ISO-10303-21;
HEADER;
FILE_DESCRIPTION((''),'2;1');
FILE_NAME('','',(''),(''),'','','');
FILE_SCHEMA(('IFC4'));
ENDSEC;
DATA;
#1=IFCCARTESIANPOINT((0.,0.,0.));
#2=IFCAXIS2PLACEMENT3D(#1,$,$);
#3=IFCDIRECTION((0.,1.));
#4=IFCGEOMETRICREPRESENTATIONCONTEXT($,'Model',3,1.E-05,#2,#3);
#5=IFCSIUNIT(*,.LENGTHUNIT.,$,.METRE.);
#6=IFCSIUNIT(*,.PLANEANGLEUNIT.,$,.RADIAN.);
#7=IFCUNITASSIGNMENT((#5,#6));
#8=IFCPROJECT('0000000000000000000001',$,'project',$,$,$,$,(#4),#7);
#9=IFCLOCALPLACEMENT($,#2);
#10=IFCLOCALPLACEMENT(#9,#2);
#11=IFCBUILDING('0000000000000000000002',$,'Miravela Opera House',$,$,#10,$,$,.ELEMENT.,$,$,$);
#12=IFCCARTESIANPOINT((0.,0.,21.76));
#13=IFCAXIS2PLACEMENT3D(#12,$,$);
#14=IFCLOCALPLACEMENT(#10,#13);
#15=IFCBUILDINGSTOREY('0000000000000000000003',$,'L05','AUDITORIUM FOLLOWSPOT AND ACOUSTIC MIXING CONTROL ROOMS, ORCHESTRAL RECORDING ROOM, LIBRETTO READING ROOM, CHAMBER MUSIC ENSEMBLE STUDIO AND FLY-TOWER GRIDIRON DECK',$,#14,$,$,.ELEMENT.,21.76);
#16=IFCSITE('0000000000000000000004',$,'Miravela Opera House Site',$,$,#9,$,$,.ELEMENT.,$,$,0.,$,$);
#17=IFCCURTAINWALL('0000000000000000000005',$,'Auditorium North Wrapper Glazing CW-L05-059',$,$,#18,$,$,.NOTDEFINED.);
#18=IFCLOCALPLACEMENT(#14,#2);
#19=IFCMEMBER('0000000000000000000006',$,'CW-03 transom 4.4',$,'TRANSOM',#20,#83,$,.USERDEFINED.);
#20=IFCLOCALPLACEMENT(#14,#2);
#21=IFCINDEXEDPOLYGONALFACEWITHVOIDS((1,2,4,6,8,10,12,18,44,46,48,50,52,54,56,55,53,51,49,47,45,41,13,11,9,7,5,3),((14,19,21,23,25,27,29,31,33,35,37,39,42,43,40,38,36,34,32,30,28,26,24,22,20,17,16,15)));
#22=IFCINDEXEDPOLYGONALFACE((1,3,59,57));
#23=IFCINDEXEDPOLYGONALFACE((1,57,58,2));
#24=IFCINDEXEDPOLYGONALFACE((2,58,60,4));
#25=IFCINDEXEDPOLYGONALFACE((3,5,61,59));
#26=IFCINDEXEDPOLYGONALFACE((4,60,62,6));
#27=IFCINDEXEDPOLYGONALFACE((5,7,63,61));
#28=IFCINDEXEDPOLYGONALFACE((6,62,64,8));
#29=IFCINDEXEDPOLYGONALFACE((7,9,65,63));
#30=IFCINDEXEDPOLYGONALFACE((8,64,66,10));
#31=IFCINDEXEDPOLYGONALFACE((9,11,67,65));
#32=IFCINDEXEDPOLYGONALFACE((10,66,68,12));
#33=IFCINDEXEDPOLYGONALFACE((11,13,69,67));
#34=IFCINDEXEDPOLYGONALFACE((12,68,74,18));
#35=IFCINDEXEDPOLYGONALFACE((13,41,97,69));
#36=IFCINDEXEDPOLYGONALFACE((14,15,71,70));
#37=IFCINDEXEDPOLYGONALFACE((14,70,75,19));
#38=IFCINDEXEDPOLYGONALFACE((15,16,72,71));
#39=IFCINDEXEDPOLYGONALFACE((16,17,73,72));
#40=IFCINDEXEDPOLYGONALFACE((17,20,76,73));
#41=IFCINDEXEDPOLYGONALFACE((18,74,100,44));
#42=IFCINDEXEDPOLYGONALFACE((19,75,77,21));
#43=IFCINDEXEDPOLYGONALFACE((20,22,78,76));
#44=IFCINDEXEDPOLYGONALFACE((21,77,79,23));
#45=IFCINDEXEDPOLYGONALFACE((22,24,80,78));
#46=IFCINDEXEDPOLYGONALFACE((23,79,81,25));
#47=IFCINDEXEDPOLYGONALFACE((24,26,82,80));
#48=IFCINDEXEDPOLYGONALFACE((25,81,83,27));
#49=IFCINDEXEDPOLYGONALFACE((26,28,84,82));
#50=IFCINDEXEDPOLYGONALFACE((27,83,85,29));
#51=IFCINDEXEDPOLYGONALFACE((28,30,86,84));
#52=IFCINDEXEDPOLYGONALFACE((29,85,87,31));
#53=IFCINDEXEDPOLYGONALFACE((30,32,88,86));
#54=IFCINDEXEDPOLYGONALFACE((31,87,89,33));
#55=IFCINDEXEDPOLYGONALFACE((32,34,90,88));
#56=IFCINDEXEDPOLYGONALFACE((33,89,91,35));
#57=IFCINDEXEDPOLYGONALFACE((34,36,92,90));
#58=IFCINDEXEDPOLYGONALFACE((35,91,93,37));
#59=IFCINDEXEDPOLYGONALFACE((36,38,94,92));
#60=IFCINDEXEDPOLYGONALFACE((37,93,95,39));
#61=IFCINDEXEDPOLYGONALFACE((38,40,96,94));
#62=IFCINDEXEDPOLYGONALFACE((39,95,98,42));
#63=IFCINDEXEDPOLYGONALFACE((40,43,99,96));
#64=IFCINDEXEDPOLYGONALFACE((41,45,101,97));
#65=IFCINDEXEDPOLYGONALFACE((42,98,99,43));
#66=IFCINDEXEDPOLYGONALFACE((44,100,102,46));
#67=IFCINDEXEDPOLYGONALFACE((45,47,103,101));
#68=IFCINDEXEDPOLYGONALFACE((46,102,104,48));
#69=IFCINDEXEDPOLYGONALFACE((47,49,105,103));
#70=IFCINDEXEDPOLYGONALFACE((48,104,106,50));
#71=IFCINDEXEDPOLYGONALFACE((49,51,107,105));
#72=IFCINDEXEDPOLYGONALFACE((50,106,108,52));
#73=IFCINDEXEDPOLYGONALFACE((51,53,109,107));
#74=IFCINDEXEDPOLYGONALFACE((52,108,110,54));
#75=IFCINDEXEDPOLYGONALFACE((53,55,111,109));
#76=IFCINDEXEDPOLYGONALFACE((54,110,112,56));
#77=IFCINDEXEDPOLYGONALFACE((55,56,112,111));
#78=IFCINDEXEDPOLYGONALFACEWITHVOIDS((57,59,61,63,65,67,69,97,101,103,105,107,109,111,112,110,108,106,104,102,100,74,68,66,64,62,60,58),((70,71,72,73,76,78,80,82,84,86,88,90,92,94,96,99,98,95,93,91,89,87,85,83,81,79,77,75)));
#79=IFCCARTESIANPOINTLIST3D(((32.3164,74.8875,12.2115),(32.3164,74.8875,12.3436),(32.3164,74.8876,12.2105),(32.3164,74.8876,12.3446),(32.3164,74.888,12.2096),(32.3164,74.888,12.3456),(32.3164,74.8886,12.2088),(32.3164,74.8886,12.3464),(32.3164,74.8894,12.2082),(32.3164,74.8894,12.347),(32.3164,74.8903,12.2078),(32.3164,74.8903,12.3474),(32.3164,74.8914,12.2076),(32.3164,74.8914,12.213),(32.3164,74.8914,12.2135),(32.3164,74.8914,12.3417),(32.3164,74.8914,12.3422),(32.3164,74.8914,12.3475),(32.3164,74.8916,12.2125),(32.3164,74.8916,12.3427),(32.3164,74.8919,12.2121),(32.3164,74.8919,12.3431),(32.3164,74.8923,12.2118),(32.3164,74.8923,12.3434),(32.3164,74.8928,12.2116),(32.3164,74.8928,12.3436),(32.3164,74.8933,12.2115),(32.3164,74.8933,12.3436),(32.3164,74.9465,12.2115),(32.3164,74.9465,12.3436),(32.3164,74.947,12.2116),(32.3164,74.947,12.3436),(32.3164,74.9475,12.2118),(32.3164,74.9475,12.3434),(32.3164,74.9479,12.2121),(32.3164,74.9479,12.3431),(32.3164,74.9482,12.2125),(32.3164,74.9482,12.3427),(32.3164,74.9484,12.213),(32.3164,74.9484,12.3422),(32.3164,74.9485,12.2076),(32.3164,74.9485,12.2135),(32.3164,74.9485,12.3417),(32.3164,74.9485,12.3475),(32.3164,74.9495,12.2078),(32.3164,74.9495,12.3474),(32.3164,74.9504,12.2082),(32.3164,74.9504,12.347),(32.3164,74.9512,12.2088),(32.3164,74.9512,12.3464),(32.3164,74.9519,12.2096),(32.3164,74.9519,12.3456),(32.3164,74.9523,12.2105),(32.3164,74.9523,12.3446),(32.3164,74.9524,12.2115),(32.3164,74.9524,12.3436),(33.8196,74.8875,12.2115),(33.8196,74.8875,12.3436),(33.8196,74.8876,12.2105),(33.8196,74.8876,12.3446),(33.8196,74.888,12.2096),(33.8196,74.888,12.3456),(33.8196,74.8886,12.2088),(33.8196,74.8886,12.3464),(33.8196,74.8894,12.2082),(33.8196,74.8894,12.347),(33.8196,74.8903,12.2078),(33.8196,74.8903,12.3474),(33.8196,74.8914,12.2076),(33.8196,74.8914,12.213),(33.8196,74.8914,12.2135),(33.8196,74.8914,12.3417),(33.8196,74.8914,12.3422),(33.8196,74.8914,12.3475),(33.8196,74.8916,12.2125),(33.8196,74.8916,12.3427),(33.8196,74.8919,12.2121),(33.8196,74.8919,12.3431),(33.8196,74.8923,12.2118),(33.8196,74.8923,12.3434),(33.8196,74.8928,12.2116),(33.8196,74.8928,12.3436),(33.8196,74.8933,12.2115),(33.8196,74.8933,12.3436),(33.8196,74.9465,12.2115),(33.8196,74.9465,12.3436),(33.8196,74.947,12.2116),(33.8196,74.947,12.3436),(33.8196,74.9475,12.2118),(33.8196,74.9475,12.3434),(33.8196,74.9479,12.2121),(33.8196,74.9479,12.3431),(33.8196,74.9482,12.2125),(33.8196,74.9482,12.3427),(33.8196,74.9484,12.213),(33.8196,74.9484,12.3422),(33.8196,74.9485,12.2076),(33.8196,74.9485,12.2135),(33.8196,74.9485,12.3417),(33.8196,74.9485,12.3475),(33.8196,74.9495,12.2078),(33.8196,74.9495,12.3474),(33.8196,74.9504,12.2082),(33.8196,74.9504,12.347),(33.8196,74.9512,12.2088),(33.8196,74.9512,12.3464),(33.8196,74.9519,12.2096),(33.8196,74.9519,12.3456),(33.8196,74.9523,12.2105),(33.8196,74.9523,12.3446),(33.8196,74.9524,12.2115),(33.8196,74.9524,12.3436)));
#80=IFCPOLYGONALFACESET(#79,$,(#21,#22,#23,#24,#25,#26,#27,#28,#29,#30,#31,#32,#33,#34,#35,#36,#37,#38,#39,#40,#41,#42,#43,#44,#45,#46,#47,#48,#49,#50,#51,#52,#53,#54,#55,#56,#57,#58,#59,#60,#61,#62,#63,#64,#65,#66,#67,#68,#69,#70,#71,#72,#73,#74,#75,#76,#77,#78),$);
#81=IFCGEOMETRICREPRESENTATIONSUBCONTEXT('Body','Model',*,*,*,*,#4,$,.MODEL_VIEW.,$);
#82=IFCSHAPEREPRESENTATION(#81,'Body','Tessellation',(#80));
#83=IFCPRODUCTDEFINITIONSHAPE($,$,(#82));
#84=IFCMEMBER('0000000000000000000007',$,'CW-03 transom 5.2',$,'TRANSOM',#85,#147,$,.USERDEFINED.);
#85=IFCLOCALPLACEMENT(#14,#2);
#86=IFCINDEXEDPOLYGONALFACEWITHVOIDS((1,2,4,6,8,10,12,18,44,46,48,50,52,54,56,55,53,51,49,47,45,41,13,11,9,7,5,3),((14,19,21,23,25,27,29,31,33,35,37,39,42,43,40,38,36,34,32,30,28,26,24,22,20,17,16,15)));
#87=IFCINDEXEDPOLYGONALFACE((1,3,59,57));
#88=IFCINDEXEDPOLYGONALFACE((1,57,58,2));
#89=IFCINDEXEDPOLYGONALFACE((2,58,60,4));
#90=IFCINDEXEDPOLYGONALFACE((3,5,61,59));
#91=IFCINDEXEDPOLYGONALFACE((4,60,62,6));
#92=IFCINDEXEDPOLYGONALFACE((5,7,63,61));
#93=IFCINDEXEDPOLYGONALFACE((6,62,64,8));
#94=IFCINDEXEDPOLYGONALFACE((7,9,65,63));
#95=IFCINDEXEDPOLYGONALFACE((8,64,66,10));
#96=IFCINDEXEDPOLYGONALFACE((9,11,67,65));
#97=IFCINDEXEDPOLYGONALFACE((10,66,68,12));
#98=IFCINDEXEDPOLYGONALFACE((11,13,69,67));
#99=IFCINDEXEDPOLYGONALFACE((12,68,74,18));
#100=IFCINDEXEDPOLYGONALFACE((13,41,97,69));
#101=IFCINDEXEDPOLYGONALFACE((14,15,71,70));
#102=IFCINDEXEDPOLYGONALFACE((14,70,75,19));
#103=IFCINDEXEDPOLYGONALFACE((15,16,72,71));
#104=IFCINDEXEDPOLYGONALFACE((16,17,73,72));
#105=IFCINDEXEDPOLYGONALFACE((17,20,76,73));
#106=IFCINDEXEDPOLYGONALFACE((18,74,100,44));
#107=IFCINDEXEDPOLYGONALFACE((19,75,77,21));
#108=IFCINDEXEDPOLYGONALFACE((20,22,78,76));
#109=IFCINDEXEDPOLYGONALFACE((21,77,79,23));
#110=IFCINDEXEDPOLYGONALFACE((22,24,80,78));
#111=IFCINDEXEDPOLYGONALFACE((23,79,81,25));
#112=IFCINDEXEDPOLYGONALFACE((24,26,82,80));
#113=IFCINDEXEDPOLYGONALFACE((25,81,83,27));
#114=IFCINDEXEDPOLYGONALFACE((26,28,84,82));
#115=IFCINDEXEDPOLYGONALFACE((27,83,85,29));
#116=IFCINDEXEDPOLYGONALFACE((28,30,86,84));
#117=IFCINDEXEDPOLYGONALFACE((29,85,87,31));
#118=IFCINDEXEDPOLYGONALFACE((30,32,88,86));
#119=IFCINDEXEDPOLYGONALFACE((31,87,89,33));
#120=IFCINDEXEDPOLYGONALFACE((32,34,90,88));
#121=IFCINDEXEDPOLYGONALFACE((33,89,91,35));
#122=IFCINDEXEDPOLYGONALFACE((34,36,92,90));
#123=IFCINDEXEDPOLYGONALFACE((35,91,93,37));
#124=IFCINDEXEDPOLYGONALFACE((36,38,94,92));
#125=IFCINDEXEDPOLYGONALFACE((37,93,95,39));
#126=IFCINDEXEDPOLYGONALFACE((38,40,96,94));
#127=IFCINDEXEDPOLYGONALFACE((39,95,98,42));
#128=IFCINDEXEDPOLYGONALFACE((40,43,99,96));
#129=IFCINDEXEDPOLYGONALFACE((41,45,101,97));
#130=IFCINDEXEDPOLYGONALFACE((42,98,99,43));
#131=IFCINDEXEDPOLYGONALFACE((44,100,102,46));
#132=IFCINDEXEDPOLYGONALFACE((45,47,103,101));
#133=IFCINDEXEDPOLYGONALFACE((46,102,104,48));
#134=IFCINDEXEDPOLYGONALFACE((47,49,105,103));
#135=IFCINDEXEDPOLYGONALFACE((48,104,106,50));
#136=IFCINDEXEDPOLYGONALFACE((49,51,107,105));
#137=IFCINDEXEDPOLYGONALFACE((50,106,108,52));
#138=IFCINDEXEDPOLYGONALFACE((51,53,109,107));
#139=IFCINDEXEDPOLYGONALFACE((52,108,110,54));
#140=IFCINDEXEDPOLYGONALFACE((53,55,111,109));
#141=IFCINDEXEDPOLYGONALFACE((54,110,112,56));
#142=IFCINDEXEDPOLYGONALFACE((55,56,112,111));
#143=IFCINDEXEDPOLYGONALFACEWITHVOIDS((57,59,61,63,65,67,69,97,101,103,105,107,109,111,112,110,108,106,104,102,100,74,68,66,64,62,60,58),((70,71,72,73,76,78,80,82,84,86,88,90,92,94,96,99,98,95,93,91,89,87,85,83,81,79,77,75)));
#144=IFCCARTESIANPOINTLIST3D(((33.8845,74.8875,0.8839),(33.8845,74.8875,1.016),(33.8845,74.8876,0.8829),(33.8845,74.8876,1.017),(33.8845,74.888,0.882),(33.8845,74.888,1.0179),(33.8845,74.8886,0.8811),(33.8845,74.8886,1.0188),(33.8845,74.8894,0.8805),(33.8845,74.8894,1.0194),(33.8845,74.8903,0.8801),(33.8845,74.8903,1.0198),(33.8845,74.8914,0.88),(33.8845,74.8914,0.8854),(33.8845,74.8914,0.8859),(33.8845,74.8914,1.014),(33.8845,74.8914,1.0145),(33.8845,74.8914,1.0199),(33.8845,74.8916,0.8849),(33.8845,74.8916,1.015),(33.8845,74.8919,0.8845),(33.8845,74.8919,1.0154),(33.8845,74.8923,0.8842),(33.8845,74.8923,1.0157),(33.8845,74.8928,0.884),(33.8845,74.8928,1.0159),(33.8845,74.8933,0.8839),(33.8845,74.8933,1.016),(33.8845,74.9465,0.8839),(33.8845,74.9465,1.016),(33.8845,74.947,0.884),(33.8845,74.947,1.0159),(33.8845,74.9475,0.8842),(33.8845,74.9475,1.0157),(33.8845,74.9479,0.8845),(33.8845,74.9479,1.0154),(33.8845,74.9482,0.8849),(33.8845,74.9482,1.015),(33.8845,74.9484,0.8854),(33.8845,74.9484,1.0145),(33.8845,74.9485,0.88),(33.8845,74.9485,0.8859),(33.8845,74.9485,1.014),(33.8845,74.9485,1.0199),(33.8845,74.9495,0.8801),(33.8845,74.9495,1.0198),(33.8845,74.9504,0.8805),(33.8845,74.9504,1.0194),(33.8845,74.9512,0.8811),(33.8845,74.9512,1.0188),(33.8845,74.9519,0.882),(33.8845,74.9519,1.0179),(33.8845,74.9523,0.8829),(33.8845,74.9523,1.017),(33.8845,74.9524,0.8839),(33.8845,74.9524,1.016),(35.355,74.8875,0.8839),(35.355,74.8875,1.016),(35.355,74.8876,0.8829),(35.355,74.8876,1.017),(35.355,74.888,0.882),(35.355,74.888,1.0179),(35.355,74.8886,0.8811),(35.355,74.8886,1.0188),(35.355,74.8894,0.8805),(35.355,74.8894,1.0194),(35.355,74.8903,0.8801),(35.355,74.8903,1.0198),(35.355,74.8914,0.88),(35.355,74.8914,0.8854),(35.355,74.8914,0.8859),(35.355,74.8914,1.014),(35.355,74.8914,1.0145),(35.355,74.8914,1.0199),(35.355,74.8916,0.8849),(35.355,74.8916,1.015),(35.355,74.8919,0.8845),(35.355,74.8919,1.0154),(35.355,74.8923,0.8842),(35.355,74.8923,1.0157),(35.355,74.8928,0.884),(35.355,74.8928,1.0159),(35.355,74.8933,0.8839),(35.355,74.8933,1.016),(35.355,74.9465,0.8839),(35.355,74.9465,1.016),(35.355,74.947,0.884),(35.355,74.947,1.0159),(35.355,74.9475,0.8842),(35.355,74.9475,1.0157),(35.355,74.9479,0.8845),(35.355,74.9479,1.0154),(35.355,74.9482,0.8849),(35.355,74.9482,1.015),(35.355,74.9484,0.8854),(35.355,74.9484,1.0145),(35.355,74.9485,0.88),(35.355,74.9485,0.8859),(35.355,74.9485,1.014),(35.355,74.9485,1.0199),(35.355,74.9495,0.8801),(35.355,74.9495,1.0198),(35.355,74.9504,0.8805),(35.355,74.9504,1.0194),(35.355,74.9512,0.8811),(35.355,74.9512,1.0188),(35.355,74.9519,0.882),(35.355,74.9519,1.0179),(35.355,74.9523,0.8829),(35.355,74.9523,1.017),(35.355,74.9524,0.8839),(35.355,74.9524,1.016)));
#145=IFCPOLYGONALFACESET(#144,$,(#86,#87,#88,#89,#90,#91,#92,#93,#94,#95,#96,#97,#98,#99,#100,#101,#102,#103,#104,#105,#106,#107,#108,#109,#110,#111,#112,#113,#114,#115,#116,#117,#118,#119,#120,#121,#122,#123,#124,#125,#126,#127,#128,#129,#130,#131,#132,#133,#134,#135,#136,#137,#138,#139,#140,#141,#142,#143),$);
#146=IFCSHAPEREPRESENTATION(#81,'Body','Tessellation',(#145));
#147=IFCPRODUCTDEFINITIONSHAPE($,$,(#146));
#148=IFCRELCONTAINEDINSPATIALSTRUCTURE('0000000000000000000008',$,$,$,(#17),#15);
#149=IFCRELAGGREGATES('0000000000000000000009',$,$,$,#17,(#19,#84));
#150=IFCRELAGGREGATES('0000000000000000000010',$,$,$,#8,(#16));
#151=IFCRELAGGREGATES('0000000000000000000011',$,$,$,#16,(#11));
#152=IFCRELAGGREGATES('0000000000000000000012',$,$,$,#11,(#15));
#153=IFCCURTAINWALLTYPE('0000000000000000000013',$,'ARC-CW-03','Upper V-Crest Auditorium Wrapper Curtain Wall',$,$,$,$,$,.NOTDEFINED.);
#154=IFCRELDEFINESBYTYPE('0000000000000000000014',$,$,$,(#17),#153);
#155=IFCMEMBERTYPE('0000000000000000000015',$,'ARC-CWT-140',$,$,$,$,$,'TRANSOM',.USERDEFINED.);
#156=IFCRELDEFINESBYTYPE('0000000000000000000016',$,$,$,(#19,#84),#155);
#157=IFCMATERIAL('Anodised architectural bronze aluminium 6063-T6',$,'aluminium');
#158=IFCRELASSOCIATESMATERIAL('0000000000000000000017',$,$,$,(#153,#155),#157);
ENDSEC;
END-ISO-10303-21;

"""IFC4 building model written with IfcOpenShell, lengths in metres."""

from ifc_helpers import new_model, si_unit, direction, frame, origin, origin_2d, place, context, subcontext, project, spatial, hollow_rectangle, extrude, material, material_profile, profile_set, type_object, element, aggregate, save


model = new_model("IFC4")

# Units and contexts
model_context = context("Model", 3, precision=1e-05, world=origin(), true_north=direction((0.0, 1.0)))
body_context = subcontext(model_context, "Body", "Model", "MODEL_VIEW")
ifc_project = project(units=[si_unit("LENGTHUNIT", "METRE"), si_unit("PLANEANGLEUNIT", "RADIAN")], contexts=[model_context])

# Site, building, storey
site_placement = place(None, origin())
site = spatial("IfcSite", under=ifc_project, at=site_placement, Name="Miravela Opera House Site", CompositionType="ELEMENT", RefElevation=0.0)
building_placement = place(site_placement, origin())
building = spatial("IfcBuilding", under=site, at=building_placement, Name="Miravela Opera House", CompositionType="ELEMENT")
storey_placement = place(building_placement, frame((0.0, 0.0, 21.76)))
storey = spatial("IfcBuildingStorey", under=building, at=storey_placement, Name="L05", Description="AUDITORIUM FOLLOWSPOT AND ACOUSTIC MIXING CONTROL ROOMS, ORCHESTRAL RECORDING ROOM, LIBRETTO READING ROOM, CHAMBER MUSIC ENSEMBLE STUDIO AND FLY-TOWER GRIDIRON DECK", CompositionType="ELEMENT", Elevation=21.76)

# Curtain wall, members
ifc_material_1 = material(Name="Anodised architectural bronze aluminium 6063-T6", Category="aluminium")
curtain_wall_type = type_object("IfcCurtainWallType", Name="ARC-CW-03", Description="Upper V-Crest Auditorium Wrapper Curtain Wall", PredefinedType="NOTDEFINED", material=ifc_material_1)
curtain_wall_placement = place(storey_placement, origin())
curtain_wall = element("IfcCurtainWall", 1, at=curtain_wall_placement, inside=storey, type_object=curtain_wall_type, Name="Auditorium North Wrapper Glazing CW-L05-059", PredefinedType="NOTDEFINED")
ifc_material_profile = material_profile(ifc_material_1, hollow_rectangle(XDim=0.0649, YDim=0.1399, WallThickness=0.0039, InnerFilletRadius=0.002, OuterFilletRadius=0.0039, at=origin_2d()), Name="CWT-65X140")
ifc_profile_set = profile_set([ifc_material_profile])
member_type = type_object("IfcMemberType", Name="ARC-CWT-140", ElementType="TRANSOM", PredefinedType="USERDEFINED", material=ifc_profile_set)
member_1_placement = place(storey_placement, frame((32.3164, 74.9199, 12.2776), z_axis=(1.0, 0.0, 0.0), x_axis=(0.0, 1.0, 0.0)))
member_1 = element("IfcMember", 2, at=member_1_placement, type_object=member_type, Name="CW-03 transom 4.4", ObjectType="TRANSOM", PredefinedType="USERDEFINED", context=body_context, shape_type="SweptSolid", body=[
    extrude(hollow_rectangle(XDim=0.0649, YDim=0.1399, WallThickness=0.0039, InnerFilletRadius=0.002, OuterFilletRadius=0.0039, at=origin_2d()), origin(), (0.0, 0.0, 1.0), 1.5032),
])
member_2_placement = place(storey_placement, frame((33.8845, 74.9199, 0.95), z_axis=(1.0, 0.0, 0.0), x_axis=(0.0, 1.0, 0.0)))
member_2 = element("IfcMember", 3, at=member_2_placement, type_object=member_type, Name="CW-03 transom 5.2", ObjectType="TRANSOM", PredefinedType="USERDEFINED", context=body_context, shape_type="SweptSolid", body=[
    extrude(hollow_rectangle(XDim=0.0649, YDim=0.1399, WallThickness=0.0039, InnerFilletRadius=0.002, OuterFilletRadius=0.0039, at=origin_2d()), origin(), (0.0, 0.0, 1.0), 1.4705),
])
aggregate(curtain_wall, [member_1, member_2])

save(model, "model.ifc")
